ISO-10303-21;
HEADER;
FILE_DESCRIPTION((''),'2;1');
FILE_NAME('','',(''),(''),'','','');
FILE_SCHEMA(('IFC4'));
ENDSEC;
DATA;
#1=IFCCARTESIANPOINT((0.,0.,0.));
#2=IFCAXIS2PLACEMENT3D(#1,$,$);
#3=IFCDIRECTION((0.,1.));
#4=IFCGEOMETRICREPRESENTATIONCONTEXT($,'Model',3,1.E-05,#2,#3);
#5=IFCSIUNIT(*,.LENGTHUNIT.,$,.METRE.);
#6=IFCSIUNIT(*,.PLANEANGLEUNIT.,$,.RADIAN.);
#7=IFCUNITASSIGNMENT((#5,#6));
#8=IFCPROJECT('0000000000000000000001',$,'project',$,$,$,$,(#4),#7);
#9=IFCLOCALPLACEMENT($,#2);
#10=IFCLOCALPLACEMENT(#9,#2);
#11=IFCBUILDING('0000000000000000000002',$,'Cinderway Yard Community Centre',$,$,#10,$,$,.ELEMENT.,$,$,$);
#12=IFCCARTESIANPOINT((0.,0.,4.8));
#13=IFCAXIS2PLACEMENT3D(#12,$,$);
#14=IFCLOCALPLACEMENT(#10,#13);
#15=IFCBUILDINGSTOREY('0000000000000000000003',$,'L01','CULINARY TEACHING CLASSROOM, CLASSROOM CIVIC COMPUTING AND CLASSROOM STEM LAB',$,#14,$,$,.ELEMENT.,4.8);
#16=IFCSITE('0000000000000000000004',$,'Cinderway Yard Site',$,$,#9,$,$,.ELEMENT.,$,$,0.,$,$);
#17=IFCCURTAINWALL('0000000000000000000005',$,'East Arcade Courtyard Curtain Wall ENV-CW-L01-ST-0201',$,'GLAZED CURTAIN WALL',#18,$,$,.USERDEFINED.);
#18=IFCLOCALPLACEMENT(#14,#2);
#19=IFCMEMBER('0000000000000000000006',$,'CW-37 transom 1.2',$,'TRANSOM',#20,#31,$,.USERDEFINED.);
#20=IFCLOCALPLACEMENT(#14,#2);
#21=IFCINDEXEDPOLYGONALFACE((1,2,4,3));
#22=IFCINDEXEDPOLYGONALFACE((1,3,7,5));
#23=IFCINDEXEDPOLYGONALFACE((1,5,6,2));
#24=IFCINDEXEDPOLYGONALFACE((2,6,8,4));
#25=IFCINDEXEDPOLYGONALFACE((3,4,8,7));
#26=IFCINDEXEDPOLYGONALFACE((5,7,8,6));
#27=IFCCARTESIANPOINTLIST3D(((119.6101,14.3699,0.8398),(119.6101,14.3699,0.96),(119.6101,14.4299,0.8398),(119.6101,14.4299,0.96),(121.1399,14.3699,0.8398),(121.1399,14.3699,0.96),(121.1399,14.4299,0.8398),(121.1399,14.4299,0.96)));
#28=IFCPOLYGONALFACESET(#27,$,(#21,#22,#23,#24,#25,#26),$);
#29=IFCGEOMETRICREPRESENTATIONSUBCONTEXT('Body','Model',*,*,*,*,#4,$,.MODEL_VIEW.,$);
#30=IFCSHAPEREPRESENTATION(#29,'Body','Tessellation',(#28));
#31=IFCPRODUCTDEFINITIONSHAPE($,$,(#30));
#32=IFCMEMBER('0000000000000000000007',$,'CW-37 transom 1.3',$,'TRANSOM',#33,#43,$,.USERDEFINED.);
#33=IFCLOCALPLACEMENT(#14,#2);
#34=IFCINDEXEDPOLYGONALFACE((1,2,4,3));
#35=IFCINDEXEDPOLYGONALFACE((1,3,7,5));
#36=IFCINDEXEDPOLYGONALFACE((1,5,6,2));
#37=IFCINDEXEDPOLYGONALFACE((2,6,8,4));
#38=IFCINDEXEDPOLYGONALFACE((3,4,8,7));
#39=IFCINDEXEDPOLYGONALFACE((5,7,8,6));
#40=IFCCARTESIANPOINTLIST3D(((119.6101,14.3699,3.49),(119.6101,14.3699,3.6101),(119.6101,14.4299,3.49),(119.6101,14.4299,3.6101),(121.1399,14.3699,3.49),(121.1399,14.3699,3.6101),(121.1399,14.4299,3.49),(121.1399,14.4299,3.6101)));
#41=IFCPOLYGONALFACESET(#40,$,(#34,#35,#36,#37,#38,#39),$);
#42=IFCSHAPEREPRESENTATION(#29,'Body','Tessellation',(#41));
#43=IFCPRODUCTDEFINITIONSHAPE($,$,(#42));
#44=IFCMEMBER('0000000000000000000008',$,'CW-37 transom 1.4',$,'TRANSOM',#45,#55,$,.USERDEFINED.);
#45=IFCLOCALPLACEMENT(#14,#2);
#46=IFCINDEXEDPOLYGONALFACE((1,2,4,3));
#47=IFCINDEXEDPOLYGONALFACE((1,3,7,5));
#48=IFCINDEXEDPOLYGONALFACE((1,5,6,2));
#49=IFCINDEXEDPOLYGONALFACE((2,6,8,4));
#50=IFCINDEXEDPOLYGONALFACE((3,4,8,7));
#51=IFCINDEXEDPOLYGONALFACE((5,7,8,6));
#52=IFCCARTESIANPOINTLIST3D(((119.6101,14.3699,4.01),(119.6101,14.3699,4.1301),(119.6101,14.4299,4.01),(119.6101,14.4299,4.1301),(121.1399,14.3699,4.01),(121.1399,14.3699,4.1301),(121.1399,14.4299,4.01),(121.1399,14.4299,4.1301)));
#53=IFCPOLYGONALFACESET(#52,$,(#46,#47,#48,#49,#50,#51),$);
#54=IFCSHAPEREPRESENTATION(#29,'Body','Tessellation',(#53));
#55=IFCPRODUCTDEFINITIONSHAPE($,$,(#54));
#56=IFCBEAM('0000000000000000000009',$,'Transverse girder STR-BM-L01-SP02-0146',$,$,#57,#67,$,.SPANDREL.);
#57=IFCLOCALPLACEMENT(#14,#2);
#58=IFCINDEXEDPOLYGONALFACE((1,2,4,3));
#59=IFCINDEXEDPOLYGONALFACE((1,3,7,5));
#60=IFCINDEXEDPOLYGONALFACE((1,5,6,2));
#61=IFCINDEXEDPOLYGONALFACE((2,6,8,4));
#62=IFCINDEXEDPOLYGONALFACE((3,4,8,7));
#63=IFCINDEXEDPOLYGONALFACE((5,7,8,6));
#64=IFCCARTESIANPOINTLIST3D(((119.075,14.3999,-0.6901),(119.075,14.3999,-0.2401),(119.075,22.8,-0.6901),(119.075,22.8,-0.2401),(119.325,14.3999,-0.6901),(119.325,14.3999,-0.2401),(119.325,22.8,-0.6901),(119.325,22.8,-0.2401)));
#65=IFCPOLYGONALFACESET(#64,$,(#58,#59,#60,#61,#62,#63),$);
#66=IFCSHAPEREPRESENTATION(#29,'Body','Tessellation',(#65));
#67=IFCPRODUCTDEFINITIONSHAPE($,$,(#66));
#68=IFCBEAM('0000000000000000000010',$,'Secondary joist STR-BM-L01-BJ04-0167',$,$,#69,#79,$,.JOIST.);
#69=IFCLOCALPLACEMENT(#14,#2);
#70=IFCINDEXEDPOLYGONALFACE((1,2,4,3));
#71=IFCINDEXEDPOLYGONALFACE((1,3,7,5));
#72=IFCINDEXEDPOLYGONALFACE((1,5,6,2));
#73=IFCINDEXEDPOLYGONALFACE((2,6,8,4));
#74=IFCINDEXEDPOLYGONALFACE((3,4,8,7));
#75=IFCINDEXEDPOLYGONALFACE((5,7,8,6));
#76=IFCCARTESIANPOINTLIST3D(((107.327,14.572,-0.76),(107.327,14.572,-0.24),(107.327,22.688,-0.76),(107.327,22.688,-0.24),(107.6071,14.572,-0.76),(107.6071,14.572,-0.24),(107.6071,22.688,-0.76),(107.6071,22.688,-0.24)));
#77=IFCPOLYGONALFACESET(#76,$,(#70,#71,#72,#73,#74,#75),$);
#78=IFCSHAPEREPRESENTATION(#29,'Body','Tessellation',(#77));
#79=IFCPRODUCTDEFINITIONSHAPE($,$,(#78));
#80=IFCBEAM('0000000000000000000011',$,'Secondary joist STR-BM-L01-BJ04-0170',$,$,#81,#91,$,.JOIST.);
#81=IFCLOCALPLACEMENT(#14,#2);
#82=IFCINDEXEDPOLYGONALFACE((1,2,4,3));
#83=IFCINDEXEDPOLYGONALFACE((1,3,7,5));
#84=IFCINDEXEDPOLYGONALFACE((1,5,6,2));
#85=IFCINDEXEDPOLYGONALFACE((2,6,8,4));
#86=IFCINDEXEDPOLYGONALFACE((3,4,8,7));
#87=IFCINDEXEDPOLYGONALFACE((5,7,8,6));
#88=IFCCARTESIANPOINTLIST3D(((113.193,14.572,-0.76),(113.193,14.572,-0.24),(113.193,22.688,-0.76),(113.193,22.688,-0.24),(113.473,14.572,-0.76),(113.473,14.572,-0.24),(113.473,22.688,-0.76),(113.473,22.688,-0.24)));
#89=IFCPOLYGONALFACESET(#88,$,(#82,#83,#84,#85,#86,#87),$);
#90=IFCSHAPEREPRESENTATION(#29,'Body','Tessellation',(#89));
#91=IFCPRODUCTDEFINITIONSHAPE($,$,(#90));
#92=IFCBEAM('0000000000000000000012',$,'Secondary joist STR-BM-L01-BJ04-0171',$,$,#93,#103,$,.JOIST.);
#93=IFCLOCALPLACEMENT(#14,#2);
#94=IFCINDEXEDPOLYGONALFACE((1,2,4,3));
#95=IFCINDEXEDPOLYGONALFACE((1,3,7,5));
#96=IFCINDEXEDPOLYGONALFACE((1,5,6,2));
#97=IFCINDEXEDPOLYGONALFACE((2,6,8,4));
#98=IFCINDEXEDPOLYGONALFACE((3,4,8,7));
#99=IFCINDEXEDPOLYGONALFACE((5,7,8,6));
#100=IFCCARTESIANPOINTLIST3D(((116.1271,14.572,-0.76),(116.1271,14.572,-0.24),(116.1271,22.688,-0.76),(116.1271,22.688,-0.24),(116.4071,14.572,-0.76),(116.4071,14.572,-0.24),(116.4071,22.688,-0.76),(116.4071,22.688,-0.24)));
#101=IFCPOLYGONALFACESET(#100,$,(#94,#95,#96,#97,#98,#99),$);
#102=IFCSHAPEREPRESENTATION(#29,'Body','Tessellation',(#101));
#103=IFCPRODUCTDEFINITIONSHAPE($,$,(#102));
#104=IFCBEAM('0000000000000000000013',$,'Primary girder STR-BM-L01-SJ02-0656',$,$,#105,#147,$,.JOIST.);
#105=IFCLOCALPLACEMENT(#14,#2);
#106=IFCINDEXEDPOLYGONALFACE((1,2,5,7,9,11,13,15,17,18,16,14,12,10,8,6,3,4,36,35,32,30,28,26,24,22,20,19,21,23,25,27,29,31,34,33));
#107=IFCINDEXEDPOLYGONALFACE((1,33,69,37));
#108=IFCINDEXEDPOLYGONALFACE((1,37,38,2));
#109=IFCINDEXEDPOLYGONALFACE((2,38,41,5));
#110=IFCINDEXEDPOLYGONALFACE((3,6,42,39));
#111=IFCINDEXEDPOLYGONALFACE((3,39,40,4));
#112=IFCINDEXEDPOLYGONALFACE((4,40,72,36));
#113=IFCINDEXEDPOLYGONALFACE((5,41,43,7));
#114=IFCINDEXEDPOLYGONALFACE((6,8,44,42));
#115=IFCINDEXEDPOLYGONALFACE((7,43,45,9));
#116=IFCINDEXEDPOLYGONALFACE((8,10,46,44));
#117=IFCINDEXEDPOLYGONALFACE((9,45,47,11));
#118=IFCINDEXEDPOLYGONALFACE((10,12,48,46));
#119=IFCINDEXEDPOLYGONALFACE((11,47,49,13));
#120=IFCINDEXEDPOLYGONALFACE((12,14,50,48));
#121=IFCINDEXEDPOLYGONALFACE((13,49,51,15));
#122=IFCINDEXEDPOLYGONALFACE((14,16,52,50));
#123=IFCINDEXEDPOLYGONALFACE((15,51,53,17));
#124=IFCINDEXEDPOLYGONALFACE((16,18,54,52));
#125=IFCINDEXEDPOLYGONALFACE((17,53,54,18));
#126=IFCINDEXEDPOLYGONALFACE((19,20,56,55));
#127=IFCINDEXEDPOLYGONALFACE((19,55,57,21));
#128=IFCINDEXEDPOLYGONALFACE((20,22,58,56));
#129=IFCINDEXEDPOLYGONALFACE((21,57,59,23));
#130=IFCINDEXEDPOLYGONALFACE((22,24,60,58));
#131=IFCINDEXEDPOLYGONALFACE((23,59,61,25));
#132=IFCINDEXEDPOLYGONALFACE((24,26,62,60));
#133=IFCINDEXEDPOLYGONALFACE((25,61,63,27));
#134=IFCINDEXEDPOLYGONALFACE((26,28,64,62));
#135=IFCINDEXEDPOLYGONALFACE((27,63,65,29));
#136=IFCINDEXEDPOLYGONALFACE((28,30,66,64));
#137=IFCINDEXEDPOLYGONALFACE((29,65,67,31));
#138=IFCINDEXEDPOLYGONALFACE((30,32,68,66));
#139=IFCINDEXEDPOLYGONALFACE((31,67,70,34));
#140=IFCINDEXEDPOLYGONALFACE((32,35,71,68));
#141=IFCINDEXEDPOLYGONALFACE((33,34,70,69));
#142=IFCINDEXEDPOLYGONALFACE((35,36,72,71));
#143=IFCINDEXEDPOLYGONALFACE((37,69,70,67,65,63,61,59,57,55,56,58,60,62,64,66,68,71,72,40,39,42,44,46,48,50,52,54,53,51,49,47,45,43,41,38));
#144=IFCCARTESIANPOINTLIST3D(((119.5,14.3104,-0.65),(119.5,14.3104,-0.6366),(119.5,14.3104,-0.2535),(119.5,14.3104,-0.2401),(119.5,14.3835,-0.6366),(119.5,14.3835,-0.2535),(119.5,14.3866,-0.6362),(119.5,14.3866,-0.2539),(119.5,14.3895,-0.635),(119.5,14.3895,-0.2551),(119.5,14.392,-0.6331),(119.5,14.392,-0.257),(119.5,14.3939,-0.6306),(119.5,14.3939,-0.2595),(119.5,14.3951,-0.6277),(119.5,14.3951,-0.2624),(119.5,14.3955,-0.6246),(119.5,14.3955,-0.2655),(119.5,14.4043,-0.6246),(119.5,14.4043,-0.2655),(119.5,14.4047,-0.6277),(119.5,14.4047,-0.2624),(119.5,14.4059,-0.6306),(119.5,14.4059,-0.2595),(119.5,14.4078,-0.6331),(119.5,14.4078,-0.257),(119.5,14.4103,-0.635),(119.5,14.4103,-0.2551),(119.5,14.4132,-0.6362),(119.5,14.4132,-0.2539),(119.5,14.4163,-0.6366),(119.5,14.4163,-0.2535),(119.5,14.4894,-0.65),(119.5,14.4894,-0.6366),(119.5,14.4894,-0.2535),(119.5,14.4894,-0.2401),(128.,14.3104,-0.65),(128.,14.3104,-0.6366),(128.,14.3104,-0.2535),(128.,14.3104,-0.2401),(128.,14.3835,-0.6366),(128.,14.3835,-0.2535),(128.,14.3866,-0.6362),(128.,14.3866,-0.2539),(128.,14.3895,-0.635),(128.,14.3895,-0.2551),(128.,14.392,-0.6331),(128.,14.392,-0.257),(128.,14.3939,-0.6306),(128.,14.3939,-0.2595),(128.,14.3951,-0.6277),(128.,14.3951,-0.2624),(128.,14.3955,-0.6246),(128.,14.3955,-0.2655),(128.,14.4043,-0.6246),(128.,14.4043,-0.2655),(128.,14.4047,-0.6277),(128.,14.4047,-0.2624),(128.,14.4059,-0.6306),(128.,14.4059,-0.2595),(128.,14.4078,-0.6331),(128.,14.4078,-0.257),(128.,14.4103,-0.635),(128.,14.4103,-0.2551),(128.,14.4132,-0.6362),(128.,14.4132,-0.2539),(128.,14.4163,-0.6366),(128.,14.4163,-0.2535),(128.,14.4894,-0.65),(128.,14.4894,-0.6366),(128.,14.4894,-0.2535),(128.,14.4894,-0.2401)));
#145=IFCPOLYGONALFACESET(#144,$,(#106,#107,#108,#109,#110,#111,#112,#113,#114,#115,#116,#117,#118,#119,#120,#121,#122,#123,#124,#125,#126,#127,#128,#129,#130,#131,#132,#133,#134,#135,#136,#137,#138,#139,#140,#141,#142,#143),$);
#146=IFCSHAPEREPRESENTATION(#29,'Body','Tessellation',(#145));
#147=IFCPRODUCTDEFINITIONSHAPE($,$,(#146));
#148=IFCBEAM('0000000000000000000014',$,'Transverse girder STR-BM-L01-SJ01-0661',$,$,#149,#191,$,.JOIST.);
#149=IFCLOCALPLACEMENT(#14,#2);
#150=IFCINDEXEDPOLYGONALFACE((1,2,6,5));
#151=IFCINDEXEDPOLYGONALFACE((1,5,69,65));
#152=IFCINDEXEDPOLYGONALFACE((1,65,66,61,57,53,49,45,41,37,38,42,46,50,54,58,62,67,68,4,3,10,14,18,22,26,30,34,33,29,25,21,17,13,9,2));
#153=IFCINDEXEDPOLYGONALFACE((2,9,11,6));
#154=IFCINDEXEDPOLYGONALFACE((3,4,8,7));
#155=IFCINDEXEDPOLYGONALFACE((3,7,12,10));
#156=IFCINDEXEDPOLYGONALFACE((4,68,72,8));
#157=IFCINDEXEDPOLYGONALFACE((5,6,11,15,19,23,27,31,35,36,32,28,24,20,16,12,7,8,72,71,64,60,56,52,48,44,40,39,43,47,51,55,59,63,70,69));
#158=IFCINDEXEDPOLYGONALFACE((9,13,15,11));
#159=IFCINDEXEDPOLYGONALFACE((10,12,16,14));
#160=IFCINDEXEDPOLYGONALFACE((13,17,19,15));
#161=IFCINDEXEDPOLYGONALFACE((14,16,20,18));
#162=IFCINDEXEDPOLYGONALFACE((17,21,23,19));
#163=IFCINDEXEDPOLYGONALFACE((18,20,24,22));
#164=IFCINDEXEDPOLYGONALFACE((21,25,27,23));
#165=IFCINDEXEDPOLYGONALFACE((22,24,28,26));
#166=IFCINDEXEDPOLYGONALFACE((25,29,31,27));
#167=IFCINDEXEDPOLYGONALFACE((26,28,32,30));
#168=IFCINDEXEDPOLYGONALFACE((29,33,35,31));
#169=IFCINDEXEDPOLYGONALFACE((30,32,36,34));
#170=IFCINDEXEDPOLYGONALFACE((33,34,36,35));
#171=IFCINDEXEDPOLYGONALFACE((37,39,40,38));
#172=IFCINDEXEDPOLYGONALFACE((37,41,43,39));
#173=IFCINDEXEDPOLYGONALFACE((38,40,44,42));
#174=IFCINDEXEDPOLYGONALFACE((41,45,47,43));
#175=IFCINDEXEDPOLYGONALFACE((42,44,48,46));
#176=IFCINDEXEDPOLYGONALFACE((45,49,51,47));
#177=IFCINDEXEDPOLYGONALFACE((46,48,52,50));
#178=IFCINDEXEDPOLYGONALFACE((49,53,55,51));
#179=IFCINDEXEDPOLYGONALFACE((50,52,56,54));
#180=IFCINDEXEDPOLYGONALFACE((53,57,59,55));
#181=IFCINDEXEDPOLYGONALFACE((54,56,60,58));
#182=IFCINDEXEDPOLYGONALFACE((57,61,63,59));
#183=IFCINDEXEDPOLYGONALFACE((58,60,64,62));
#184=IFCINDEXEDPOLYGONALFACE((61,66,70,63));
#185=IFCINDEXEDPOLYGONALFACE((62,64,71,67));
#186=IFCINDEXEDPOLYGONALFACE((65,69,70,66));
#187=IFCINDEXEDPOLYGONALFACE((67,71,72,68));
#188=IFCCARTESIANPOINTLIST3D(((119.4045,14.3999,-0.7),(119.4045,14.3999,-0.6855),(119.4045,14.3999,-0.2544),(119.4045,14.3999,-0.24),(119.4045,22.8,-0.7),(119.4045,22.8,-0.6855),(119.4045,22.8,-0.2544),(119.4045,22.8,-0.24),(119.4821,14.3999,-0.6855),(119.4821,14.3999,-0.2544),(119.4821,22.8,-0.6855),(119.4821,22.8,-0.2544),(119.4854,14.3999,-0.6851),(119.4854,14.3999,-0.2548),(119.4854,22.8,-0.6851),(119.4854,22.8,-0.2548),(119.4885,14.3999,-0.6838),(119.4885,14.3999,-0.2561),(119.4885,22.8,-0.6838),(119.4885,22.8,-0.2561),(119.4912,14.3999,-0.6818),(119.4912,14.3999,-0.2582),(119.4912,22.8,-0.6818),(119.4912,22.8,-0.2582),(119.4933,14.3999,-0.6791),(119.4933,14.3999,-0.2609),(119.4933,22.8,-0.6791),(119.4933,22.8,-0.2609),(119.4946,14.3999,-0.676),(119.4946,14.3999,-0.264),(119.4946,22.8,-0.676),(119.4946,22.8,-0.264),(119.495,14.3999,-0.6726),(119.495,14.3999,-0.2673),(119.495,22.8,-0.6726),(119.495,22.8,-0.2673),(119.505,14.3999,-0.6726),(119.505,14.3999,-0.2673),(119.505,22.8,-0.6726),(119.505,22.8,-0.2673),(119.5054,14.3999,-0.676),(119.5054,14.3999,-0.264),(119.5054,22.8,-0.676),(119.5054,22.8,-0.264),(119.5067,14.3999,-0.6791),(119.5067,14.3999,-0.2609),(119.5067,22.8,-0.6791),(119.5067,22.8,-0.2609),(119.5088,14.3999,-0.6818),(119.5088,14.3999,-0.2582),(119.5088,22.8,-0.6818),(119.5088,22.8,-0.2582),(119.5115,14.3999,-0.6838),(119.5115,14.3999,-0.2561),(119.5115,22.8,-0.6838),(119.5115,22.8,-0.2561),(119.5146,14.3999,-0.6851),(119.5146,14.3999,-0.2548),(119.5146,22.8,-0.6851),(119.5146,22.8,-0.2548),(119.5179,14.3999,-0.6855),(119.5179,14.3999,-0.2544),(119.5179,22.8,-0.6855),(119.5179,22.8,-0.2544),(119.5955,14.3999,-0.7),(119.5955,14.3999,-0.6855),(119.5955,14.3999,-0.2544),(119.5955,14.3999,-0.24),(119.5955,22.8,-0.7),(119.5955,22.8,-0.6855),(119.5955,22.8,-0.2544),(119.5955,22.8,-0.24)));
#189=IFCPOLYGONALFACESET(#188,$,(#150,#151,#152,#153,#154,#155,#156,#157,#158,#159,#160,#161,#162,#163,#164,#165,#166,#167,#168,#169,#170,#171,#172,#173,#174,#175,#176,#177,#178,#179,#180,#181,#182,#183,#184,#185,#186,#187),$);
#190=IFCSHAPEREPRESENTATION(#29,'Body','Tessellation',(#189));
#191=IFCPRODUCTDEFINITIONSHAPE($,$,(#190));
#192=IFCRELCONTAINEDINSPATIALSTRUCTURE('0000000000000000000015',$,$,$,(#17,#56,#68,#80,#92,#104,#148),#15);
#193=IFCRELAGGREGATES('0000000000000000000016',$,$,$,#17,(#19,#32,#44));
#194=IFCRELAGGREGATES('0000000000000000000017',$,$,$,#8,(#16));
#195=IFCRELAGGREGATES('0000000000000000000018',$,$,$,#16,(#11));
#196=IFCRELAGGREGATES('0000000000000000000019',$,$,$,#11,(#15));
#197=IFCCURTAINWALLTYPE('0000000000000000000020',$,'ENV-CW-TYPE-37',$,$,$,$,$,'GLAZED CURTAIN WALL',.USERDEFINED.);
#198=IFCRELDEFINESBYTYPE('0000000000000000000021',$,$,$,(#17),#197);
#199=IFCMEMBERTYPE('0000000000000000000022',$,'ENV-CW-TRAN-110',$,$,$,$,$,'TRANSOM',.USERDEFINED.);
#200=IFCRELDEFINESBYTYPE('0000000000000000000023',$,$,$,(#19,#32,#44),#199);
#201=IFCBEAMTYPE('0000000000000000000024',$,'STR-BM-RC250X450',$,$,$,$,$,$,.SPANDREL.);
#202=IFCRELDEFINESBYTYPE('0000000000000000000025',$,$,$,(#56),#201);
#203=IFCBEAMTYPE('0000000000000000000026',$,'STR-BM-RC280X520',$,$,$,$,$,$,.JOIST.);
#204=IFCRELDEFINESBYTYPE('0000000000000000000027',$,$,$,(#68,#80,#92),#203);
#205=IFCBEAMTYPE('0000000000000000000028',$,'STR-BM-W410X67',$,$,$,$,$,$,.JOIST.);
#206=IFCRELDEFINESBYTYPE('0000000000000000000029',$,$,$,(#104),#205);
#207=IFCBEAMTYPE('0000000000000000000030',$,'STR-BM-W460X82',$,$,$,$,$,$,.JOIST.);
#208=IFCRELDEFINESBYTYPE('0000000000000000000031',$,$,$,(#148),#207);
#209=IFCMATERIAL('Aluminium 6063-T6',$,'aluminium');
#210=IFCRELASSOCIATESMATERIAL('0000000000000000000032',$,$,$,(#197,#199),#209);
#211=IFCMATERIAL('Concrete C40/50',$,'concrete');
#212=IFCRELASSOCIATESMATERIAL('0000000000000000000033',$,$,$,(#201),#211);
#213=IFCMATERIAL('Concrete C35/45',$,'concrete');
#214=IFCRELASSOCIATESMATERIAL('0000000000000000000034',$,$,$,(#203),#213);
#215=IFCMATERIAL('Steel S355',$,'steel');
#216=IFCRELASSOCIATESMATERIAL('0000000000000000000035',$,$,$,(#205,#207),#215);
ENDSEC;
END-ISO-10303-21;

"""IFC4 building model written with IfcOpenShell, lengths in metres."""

from ifc_helpers import new_model, si_unit, direction, frame, origin, origin_2d, place, context, subcontext, project, spatial, rectangle, i_section, extrude, material, material_profile, profile_set, type_object, element, aggregate, save


model = new_model("IFC4")

# Units and contexts
model_context = context("Model", 3, precision=1e-05, world=origin(), true_north=direction((0.0, 1.0)))
body_context = subcontext(model_context, "Body", "Model", "MODEL_VIEW")
ifc_project = project(units=[si_unit("LENGTHUNIT", "METRE"), si_unit("PLANEANGLEUNIT", "RADIAN")], contexts=[model_context])

# Site, building, storey
site_placement = place(None, origin())
site = spatial("IfcSite", under=ifc_project, at=site_placement, Name="Cinderway Yard Site", CompositionType="ELEMENT", RefElevation=0.0)
building_placement = place(site_placement, origin())
building = spatial("IfcBuilding", under=site, at=building_placement, Name="Cinderway Yard Community Centre", CompositionType="ELEMENT")
storey_placement = place(building_placement, frame((0.0, 0.0, 4.8)))
storey = spatial("IfcBuildingStorey", under=building, at=storey_placement, Name="L01", Description="CULINARY TEACHING CLASSROOM, CLASSROOM CIVIC COMPUTING AND CLASSROOM STEM LAB", CompositionType="ELEMENT", Elevation=4.8)

# Shared definitions
ifc_material_1 = material(Name="Concrete C40/50", Category="concrete")

# Shared definitions
ifc_material_2 = material(Name="Aluminium 6063-T6", Category="aluminium")

# Curtain wall
curtain_wall_type_1 = type_object("IfcCurtainWallType", Name="ENV-CW-TYPE-37", ElementType="GLAZED CURTAIN WALL", PredefinedType="USERDEFINED", material=ifc_material_2)
curtain_wall_1_placement = place(storey_placement, origin())
curtain_wall_1 = element("IfcCurtainWall", 1, at=curtain_wall_1_placement, inside=storey, type_object=curtain_wall_type_1, Name="East Arcade Courtyard Curtain Wall ENV-CW-L01-ST-0201", ObjectType="GLAZED CURTAIN WALL", PredefinedType="USERDEFINED")

# Members
ifc_material_profile_1 = material_profile(ifc_material_2, rectangle(XDim=0.0601, YDim=0.1201, at=origin_2d()), Name="Aluminium 6063-T6")
ifc_profile_set_1 = profile_set([ifc_material_profile_1], Name="Aluminium 6063-T6")
member_type_1 = type_object("IfcMemberType", Name="ENV-CW-TRAN-110", ElementType="TRANSOM", PredefinedType="USERDEFINED", material=ifc_profile_set_1)
member_1_placement = place(storey_placement, frame((119.6101, 14.3999, 0.8999), z_axis=(1.0, 0.0, 0.0), x_axis=(0.0, 1.0, 0.0)))
member_1 = element("IfcMember", 2, at=member_1_placement, type_object=member_type_1, Name="CW-37 transom 1.2", ObjectType="TRANSOM", PredefinedType="USERDEFINED", context=body_context, shape_type="SweptSolid", body=[
    extrude(rectangle(XDim=0.0601, YDim=0.1201, at=origin_2d()), origin(), (0.0, 0.0, 1.0), 1.5298),
])
member_2_placement = place(storey_placement, frame((119.6101, 14.3999, 3.55), z_axis=(1.0, 0.0, 0.0), x_axis=(0.0, 1.0, 0.0)))
member_2 = element("IfcMember", 3, at=member_2_placement, type_object=member_type_1, Name="CW-37 transom 1.3", ObjectType="TRANSOM", PredefinedType="USERDEFINED", context=body_context, shape_type="SweptSolid", body=[
    extrude(rectangle(XDim=0.0601, YDim=0.1201, at=origin_2d()), origin(), (0.0, 0.0, 1.0), 1.5298),
])
member_3_placement = place(storey_placement, frame((119.6101, 14.3999, 4.0701), z_axis=(1.0, 0.0, 0.0), x_axis=(0.0, 1.0, 0.0)))
member_3 = element("IfcMember", 4, at=member_3_placement, type_object=member_type_1, Name="CW-37 transom 1.4", ObjectType="TRANSOM", PredefinedType="USERDEFINED", context=body_context, shape_type="SweptSolid", body=[
    extrude(rectangle(XDim=0.0601, YDim=0.1201, at=origin_2d()), origin(), (0.0, 0.0, 1.0), 1.5298),
])
aggregate(curtain_wall_1, [member_1, member_2, member_3])

# Beams
ifc_material_profile_2 = material_profile(ifc_material_1, rectangle(XDim=0.25, YDim=0.45, at=origin_2d()), Name="Concrete C40/50")
ifc_profile_set_2 = profile_set([ifc_material_profile_2], Name="Concrete C40/50")
beam_type_1 = type_object("IfcBeamType", Name="STR-BM-RC250X450", PredefinedType="SPANDREL", material=ifc_profile_set_2)
beam_1_placement = place(storey_placement, frame((119.2, 14.3999, -0.4651), z_axis=(0.0, 1.0, 0.0), x_axis=(-1.0, 0.0, 0.0)))
element("IfcBeam", 5, at=beam_1_placement, inside=storey, type_object=beam_type_1, Name="Transverse girder STR-BM-L01-SP02-0146", PredefinedType="SPANDREL", context=body_context, shape_type="SweptSolid", body=[
    extrude(rectangle(XDim=0.25, YDim=0.45, at=origin_2d()), origin(), (0.0, 0.0, 1.0), 8.4001),
])
ifc_material_3 = material(Name="Concrete C35/45", Category="concrete")
ifc_material_profile_3 = material_profile(ifc_material_3, rectangle(XDim=0.28, YDim=0.52, at=origin_2d()), Name="Concrete C35/45")
ifc_profile_set_3 = profile_set([ifc_material_profile_3], Name="Concrete C35/45")
beam_type_2 = type_object("IfcBeamType", Name="STR-BM-RC280X520", PredefinedType="JOIST", material=ifc_profile_set_3)
for number, where, z_axis, x_axis, name in (
    (6, (107.467, 14.572, -0.5), (0.0, 1.0, 0.0), (-1.0, 0.0, 0.0), "Secondary joist STR-BM-L01-BJ04-0167"),
    (7, (113.333, 14.572, -0.5), (0.0, 1.0, 0.0), (-1.0, 0.0, 0.0), "Secondary joist STR-BM-L01-BJ04-0170"),
    (8, (116.2671, 14.572, -0.5), (0.0, 1.0, 0.0), (-1.0, 0.0, 0.0), "Secondary joist STR-BM-L01-BJ04-0171"),
):
    element("IfcBeam", number, at=place(storey_placement, frame(where, z_axis=z_axis, x_axis=x_axis)), inside=storey, type_object=beam_type_2, Name=name, PredefinedType="JOIST", context=body_context, shape_type="SweptSolid", body=[
        extrude(rectangle(XDim=0.28, YDim=0.52, at=origin_2d()), origin(), (0.0, 0.0, 1.0), 8.116),
    ])
ifc_material_4 = material(Name="Steel S355", Category="steel")
ifc_material_profile_4 = material_profile(ifc_material_4, i_section(OverallWidth=0.179, OverallDepth=0.4099, WebThickness=0.0088, FlangeThickness=0.0134, FilletRadius=0.012, at=origin_2d()), Name="Steel S355")
ifc_profile_set_4 = profile_set([ifc_material_profile_4], Name="Steel S355")
beam_type_3 = type_object("IfcBeamType", Name="STR-BM-W410X67", PredefinedType="JOIST", material=ifc_profile_set_4)
beam_2_placement = place(storey_placement, frame((119.5, 14.3999, -0.4451), z_axis=(1.0, 0.0, 0.0), x_axis=(0.0, 1.0, 0.0)))
element("IfcBeam", 9, at=beam_2_placement, inside=storey, type_object=beam_type_3, Name="Primary girder STR-BM-L01-SJ02-0656", PredefinedType="JOIST", context=body_context, shape_type="SweptSolid", body=[
    extrude(i_section(OverallWidth=0.179, OverallDepth=0.4099, WebThickness=0.0088, FlangeThickness=0.0134, FilletRadius=0.012, at=origin_2d()), origin(), (0.0, 0.0, 1.0), 8.5),
])
ifc_material_profile_5 = material_profile(ifc_material_4, i_section(OverallWidth=0.1909, OverallDepth=0.46, WebThickness=0.01, FlangeThickness=0.0144, FilletRadius=0.0129, at=origin_2d()), Name="Steel S355")
ifc_profile_set_5 = profile_set([ifc_material_profile_5], Name="Steel S355")
beam_type_4 = type_object("IfcBeamType", Name="STR-BM-W460X82", PredefinedType="JOIST", material=ifc_profile_set_5)
beam_3_placement = place(storey_placement, frame((119.5, 14.3999, -0.47), z_axis=(0.0, 1.0, 0.0), x_axis=(-1.0, 0.0, 0.0)))
element("IfcBeam", 10, at=beam_3_placement, inside=storey, type_object=beam_type_4, Name="Transverse girder STR-BM-L01-SJ01-0661", PredefinedType="JOIST", context=body_context, shape_type="SweptSolid", body=[
    extrude(i_section(OverallWidth=0.1909, OverallDepth=0.46, WebThickness=0.01, FlangeThickness=0.0144, FilletRadius=0.0129, at=origin_2d()), origin(), (0.0, 0.0, 1.0), 8.4001),
])

save(model, "model.ifc")
